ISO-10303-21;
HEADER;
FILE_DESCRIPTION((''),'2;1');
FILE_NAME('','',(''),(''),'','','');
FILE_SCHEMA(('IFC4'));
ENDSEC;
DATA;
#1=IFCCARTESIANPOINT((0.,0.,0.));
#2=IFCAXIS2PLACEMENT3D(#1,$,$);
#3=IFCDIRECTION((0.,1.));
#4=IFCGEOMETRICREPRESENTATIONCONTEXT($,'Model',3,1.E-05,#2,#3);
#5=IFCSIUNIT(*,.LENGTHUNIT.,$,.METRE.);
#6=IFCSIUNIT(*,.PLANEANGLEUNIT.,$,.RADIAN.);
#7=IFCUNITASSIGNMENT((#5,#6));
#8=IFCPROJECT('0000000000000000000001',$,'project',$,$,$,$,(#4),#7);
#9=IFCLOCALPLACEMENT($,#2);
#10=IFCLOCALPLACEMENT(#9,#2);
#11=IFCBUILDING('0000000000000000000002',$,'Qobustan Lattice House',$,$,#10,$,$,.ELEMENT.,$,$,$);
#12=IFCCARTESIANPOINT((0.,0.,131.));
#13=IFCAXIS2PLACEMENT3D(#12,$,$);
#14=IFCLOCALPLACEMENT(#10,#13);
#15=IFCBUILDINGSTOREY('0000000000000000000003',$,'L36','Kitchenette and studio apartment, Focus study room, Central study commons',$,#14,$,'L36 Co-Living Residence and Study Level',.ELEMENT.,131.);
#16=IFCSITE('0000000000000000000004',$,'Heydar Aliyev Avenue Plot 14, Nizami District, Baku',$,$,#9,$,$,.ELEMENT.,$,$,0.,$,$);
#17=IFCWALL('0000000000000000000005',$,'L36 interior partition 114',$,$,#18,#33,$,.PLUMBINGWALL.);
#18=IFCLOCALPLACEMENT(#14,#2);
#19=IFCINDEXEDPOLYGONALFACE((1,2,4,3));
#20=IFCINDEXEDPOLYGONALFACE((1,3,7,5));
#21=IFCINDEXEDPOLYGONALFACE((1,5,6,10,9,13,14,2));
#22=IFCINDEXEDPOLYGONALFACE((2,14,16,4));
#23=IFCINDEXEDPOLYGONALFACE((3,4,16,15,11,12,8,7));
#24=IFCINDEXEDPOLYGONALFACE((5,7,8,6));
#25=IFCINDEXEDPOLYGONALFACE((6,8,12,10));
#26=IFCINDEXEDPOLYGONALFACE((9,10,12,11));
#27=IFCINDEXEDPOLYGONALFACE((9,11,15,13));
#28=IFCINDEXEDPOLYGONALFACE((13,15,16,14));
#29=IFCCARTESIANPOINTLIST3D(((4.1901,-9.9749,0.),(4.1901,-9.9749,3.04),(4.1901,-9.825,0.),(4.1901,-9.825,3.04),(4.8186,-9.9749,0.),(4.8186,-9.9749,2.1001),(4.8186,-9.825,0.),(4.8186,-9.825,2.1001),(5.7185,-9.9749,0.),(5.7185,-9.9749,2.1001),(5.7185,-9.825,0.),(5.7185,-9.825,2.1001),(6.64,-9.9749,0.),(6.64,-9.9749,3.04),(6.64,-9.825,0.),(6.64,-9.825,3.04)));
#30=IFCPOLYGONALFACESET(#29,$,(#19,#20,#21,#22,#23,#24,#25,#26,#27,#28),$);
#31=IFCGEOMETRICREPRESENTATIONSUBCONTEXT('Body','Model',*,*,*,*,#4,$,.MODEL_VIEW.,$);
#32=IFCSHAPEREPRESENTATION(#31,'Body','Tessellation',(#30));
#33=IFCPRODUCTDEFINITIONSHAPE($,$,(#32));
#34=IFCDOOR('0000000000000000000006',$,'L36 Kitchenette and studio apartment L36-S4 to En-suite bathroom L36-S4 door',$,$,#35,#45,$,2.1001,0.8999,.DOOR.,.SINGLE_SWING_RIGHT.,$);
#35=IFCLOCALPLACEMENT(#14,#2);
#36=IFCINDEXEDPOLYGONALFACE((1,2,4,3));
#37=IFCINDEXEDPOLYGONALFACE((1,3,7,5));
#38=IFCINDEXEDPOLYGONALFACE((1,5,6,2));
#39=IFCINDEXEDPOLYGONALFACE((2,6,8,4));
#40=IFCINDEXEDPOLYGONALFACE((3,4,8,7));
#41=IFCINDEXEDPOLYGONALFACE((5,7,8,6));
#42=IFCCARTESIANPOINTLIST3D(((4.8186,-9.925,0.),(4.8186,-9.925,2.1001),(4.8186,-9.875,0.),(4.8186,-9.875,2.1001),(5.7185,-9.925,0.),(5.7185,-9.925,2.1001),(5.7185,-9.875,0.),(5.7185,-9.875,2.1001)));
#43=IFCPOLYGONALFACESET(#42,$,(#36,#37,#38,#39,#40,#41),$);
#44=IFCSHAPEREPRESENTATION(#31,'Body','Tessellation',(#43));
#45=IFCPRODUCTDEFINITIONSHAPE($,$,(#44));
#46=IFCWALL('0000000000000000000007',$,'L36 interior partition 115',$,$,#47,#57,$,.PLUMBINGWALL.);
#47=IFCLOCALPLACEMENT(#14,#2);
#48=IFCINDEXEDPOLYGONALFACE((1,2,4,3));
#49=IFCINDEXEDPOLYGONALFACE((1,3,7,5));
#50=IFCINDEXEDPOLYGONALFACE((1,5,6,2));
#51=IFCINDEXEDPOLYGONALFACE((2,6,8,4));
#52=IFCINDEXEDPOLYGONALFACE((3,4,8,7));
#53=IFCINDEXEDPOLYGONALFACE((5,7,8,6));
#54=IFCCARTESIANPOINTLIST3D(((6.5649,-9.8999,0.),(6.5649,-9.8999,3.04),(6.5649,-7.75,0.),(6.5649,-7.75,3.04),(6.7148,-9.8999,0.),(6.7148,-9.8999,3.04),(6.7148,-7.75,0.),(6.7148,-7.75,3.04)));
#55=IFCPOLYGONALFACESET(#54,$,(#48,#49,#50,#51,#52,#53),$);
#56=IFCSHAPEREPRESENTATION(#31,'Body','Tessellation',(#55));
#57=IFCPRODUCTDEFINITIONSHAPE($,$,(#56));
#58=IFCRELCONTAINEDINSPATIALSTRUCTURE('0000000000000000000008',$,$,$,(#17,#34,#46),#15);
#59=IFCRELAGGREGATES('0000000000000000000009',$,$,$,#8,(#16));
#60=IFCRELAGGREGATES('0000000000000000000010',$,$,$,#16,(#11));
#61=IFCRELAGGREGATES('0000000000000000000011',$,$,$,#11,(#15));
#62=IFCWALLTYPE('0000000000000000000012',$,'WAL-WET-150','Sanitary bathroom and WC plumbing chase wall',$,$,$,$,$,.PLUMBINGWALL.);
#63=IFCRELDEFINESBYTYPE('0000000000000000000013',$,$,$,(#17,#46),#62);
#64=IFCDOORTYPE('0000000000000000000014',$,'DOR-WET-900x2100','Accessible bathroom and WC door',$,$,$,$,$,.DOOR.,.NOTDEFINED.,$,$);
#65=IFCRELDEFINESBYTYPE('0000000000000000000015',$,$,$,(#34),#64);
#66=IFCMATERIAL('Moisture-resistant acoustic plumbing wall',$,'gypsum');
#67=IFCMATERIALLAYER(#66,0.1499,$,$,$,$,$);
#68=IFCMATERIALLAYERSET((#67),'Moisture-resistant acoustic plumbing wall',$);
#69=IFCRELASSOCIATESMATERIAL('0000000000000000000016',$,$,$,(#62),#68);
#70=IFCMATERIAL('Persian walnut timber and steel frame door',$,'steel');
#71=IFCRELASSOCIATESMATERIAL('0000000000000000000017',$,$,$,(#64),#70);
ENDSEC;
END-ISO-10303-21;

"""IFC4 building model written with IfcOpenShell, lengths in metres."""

from ifc_helpers import new_model, si_unit, direction, frame, frame_2d, origin, place, context, subcontext, project, spatial, rectangle, extrude, material, layer, layer_set, type_object, element, fill, save


model = new_model("IFC4")

# Units and contexts
model_context = context("Model", 3, precision=1e-05, world=origin(), true_north=direction((0.0, 1.0)))
body_context = subcontext(model_context, "Body", "Model", "MODEL_VIEW")
ifc_project = project(units=[si_unit("LENGTHUNIT", "METRE"), si_unit("PLANEANGLEUNIT", "RADIAN")], contexts=[model_context])

# Site, building, storey
site_placement = place(None, origin())
site = spatial("IfcSite", under=ifc_project, at=site_placement, Name="Heydar Aliyev Avenue Plot 14, Nizami District, Baku", CompositionType="ELEMENT", RefElevation=0.0)
building_placement = place(site_placement, origin())
building = spatial("IfcBuilding", under=site, at=building_placement, Name="Qobustan Lattice House", CompositionType="ELEMENT")
storey_placement = place(building_placement, frame((0.0, 0.0, 131.0)))
storey = spatial("IfcBuildingStorey", under=building, at=storey_placement, Name="L36", Description="Kitchenette and studio apartment, Focus study room, Central study commons", LongName="L36 Co-Living Residence and Study Level", CompositionType="ELEMENT", Elevation=131.0)

# Shared definitions
ifc_material_1 = material(Name="Moisture-resistant acoustic plumbing wall", Category="gypsum")
ifc_layer_1 = layer(ifc_material_1, 0.1499)
ifc_layer_set_1 = layer_set([ifc_layer_1], Name="Moisture-resistant acoustic plumbing wall")
wall_type_1 = type_object("IfcWallType", Name="WAL-WET-150", Description="Sanitary bathroom and WC plumbing chase wall", PredefinedType="PLUMBINGWALL", material=ifc_layer_set_1)

# Wall, opening, door
wall_1_placement = place(storey_placement, frame((4.1899, -9.8999, 0.0), z_axis=(0.0, 0.0, 1.0), x_axis=(1.0, 0.0, 0.0)))
wall_1 = element("IfcWall", 1, at=wall_1_placement, inside=storey, type_object=wall_type_1, Name="L36 interior partition 114", PredefinedType="PLUMBINGWALL", context=body_context, shape_type="SweptSolid", body=[
    extrude(rectangle(XDim=2.45, YDim=0.1499, at=frame_2d((1.2251, 0.0))), origin(), (0.0, 0.0, 1.0), 3.04),
])
opening_1_placement = place(wall_1_placement, frame((0.6287, 0.0, 0.0)))
opening_1 = element("IfcOpeningElement", 2, at=opening_1_placement, cuts=wall_1, PredefinedType="OPENING", context=body_context, shape_type="SweptSolid", body=[
    extrude(rectangle(XDim=0.8999, YDim=2.1001, at=frame_2d((0.45, 1.05))), frame((0.0, 0.085, 0.0), z_axis=(0.0, -1.0, 0.0), x_axis=(1.0, 0.0, 0.0)), (0.0, 0.0, 1.0), 0.1699),
])
ifc_material_2 = material(Name="Persian walnut timber and steel frame door", Category="steel")
door_type_1 = type_object("IfcDoorType", Name="DOR-WET-900x2100", Description="Accessible bathroom and WC door", OperationType="NOTDEFINED", PredefinedType="DOOR", material=ifc_material_2)
door_1_placement = place(opening_1_placement, origin())
door_1 = element("IfcDoor", 3, at=door_1_placement, inside=storey, type_object=door_type_1, Name="L36 Kitchenette and studio apartment L36-S4 to En-suite bathroom L36-S4 door", OperationType="SINGLE_SWING_RIGHT", OverallHeight=2.1001, OverallWidth=0.8999, PredefinedType="DOOR", context=body_context, shape_type="SweptSolid", body=[
    extrude(rectangle(XDim=0.8999, YDim=2.1001, at=frame_2d((0.45, 1.05))), frame((0.0, 0.0249, 0.0), z_axis=(0.0, -1.0, 0.0), x_axis=(1.0, 0.0, 0.0)), (0.0, 0.0, 1.0), 0.05),
])
fill(opening_1, door_1)

# Wall
wall_2_placement = place(storey_placement, frame((6.6399, -9.8999, 0.0), z_axis=(0.0, 0.0, 1.0), x_axis=(0.0, 1.0, 0.0)))
element("IfcWall", 4, at=wall_2_placement, inside=storey, type_object=wall_type_1, Name="L36 interior partition 115", PredefinedType="PLUMBINGWALL", context=body_context, shape_type="SweptSolid", body=[
    extrude(rectangle(XDim=2.1499, YDim=0.1499, at=frame_2d((1.075, 0.0))), origin(), (0.0, 0.0, 1.0), 3.04),
])

save(model, "model.ifc")
